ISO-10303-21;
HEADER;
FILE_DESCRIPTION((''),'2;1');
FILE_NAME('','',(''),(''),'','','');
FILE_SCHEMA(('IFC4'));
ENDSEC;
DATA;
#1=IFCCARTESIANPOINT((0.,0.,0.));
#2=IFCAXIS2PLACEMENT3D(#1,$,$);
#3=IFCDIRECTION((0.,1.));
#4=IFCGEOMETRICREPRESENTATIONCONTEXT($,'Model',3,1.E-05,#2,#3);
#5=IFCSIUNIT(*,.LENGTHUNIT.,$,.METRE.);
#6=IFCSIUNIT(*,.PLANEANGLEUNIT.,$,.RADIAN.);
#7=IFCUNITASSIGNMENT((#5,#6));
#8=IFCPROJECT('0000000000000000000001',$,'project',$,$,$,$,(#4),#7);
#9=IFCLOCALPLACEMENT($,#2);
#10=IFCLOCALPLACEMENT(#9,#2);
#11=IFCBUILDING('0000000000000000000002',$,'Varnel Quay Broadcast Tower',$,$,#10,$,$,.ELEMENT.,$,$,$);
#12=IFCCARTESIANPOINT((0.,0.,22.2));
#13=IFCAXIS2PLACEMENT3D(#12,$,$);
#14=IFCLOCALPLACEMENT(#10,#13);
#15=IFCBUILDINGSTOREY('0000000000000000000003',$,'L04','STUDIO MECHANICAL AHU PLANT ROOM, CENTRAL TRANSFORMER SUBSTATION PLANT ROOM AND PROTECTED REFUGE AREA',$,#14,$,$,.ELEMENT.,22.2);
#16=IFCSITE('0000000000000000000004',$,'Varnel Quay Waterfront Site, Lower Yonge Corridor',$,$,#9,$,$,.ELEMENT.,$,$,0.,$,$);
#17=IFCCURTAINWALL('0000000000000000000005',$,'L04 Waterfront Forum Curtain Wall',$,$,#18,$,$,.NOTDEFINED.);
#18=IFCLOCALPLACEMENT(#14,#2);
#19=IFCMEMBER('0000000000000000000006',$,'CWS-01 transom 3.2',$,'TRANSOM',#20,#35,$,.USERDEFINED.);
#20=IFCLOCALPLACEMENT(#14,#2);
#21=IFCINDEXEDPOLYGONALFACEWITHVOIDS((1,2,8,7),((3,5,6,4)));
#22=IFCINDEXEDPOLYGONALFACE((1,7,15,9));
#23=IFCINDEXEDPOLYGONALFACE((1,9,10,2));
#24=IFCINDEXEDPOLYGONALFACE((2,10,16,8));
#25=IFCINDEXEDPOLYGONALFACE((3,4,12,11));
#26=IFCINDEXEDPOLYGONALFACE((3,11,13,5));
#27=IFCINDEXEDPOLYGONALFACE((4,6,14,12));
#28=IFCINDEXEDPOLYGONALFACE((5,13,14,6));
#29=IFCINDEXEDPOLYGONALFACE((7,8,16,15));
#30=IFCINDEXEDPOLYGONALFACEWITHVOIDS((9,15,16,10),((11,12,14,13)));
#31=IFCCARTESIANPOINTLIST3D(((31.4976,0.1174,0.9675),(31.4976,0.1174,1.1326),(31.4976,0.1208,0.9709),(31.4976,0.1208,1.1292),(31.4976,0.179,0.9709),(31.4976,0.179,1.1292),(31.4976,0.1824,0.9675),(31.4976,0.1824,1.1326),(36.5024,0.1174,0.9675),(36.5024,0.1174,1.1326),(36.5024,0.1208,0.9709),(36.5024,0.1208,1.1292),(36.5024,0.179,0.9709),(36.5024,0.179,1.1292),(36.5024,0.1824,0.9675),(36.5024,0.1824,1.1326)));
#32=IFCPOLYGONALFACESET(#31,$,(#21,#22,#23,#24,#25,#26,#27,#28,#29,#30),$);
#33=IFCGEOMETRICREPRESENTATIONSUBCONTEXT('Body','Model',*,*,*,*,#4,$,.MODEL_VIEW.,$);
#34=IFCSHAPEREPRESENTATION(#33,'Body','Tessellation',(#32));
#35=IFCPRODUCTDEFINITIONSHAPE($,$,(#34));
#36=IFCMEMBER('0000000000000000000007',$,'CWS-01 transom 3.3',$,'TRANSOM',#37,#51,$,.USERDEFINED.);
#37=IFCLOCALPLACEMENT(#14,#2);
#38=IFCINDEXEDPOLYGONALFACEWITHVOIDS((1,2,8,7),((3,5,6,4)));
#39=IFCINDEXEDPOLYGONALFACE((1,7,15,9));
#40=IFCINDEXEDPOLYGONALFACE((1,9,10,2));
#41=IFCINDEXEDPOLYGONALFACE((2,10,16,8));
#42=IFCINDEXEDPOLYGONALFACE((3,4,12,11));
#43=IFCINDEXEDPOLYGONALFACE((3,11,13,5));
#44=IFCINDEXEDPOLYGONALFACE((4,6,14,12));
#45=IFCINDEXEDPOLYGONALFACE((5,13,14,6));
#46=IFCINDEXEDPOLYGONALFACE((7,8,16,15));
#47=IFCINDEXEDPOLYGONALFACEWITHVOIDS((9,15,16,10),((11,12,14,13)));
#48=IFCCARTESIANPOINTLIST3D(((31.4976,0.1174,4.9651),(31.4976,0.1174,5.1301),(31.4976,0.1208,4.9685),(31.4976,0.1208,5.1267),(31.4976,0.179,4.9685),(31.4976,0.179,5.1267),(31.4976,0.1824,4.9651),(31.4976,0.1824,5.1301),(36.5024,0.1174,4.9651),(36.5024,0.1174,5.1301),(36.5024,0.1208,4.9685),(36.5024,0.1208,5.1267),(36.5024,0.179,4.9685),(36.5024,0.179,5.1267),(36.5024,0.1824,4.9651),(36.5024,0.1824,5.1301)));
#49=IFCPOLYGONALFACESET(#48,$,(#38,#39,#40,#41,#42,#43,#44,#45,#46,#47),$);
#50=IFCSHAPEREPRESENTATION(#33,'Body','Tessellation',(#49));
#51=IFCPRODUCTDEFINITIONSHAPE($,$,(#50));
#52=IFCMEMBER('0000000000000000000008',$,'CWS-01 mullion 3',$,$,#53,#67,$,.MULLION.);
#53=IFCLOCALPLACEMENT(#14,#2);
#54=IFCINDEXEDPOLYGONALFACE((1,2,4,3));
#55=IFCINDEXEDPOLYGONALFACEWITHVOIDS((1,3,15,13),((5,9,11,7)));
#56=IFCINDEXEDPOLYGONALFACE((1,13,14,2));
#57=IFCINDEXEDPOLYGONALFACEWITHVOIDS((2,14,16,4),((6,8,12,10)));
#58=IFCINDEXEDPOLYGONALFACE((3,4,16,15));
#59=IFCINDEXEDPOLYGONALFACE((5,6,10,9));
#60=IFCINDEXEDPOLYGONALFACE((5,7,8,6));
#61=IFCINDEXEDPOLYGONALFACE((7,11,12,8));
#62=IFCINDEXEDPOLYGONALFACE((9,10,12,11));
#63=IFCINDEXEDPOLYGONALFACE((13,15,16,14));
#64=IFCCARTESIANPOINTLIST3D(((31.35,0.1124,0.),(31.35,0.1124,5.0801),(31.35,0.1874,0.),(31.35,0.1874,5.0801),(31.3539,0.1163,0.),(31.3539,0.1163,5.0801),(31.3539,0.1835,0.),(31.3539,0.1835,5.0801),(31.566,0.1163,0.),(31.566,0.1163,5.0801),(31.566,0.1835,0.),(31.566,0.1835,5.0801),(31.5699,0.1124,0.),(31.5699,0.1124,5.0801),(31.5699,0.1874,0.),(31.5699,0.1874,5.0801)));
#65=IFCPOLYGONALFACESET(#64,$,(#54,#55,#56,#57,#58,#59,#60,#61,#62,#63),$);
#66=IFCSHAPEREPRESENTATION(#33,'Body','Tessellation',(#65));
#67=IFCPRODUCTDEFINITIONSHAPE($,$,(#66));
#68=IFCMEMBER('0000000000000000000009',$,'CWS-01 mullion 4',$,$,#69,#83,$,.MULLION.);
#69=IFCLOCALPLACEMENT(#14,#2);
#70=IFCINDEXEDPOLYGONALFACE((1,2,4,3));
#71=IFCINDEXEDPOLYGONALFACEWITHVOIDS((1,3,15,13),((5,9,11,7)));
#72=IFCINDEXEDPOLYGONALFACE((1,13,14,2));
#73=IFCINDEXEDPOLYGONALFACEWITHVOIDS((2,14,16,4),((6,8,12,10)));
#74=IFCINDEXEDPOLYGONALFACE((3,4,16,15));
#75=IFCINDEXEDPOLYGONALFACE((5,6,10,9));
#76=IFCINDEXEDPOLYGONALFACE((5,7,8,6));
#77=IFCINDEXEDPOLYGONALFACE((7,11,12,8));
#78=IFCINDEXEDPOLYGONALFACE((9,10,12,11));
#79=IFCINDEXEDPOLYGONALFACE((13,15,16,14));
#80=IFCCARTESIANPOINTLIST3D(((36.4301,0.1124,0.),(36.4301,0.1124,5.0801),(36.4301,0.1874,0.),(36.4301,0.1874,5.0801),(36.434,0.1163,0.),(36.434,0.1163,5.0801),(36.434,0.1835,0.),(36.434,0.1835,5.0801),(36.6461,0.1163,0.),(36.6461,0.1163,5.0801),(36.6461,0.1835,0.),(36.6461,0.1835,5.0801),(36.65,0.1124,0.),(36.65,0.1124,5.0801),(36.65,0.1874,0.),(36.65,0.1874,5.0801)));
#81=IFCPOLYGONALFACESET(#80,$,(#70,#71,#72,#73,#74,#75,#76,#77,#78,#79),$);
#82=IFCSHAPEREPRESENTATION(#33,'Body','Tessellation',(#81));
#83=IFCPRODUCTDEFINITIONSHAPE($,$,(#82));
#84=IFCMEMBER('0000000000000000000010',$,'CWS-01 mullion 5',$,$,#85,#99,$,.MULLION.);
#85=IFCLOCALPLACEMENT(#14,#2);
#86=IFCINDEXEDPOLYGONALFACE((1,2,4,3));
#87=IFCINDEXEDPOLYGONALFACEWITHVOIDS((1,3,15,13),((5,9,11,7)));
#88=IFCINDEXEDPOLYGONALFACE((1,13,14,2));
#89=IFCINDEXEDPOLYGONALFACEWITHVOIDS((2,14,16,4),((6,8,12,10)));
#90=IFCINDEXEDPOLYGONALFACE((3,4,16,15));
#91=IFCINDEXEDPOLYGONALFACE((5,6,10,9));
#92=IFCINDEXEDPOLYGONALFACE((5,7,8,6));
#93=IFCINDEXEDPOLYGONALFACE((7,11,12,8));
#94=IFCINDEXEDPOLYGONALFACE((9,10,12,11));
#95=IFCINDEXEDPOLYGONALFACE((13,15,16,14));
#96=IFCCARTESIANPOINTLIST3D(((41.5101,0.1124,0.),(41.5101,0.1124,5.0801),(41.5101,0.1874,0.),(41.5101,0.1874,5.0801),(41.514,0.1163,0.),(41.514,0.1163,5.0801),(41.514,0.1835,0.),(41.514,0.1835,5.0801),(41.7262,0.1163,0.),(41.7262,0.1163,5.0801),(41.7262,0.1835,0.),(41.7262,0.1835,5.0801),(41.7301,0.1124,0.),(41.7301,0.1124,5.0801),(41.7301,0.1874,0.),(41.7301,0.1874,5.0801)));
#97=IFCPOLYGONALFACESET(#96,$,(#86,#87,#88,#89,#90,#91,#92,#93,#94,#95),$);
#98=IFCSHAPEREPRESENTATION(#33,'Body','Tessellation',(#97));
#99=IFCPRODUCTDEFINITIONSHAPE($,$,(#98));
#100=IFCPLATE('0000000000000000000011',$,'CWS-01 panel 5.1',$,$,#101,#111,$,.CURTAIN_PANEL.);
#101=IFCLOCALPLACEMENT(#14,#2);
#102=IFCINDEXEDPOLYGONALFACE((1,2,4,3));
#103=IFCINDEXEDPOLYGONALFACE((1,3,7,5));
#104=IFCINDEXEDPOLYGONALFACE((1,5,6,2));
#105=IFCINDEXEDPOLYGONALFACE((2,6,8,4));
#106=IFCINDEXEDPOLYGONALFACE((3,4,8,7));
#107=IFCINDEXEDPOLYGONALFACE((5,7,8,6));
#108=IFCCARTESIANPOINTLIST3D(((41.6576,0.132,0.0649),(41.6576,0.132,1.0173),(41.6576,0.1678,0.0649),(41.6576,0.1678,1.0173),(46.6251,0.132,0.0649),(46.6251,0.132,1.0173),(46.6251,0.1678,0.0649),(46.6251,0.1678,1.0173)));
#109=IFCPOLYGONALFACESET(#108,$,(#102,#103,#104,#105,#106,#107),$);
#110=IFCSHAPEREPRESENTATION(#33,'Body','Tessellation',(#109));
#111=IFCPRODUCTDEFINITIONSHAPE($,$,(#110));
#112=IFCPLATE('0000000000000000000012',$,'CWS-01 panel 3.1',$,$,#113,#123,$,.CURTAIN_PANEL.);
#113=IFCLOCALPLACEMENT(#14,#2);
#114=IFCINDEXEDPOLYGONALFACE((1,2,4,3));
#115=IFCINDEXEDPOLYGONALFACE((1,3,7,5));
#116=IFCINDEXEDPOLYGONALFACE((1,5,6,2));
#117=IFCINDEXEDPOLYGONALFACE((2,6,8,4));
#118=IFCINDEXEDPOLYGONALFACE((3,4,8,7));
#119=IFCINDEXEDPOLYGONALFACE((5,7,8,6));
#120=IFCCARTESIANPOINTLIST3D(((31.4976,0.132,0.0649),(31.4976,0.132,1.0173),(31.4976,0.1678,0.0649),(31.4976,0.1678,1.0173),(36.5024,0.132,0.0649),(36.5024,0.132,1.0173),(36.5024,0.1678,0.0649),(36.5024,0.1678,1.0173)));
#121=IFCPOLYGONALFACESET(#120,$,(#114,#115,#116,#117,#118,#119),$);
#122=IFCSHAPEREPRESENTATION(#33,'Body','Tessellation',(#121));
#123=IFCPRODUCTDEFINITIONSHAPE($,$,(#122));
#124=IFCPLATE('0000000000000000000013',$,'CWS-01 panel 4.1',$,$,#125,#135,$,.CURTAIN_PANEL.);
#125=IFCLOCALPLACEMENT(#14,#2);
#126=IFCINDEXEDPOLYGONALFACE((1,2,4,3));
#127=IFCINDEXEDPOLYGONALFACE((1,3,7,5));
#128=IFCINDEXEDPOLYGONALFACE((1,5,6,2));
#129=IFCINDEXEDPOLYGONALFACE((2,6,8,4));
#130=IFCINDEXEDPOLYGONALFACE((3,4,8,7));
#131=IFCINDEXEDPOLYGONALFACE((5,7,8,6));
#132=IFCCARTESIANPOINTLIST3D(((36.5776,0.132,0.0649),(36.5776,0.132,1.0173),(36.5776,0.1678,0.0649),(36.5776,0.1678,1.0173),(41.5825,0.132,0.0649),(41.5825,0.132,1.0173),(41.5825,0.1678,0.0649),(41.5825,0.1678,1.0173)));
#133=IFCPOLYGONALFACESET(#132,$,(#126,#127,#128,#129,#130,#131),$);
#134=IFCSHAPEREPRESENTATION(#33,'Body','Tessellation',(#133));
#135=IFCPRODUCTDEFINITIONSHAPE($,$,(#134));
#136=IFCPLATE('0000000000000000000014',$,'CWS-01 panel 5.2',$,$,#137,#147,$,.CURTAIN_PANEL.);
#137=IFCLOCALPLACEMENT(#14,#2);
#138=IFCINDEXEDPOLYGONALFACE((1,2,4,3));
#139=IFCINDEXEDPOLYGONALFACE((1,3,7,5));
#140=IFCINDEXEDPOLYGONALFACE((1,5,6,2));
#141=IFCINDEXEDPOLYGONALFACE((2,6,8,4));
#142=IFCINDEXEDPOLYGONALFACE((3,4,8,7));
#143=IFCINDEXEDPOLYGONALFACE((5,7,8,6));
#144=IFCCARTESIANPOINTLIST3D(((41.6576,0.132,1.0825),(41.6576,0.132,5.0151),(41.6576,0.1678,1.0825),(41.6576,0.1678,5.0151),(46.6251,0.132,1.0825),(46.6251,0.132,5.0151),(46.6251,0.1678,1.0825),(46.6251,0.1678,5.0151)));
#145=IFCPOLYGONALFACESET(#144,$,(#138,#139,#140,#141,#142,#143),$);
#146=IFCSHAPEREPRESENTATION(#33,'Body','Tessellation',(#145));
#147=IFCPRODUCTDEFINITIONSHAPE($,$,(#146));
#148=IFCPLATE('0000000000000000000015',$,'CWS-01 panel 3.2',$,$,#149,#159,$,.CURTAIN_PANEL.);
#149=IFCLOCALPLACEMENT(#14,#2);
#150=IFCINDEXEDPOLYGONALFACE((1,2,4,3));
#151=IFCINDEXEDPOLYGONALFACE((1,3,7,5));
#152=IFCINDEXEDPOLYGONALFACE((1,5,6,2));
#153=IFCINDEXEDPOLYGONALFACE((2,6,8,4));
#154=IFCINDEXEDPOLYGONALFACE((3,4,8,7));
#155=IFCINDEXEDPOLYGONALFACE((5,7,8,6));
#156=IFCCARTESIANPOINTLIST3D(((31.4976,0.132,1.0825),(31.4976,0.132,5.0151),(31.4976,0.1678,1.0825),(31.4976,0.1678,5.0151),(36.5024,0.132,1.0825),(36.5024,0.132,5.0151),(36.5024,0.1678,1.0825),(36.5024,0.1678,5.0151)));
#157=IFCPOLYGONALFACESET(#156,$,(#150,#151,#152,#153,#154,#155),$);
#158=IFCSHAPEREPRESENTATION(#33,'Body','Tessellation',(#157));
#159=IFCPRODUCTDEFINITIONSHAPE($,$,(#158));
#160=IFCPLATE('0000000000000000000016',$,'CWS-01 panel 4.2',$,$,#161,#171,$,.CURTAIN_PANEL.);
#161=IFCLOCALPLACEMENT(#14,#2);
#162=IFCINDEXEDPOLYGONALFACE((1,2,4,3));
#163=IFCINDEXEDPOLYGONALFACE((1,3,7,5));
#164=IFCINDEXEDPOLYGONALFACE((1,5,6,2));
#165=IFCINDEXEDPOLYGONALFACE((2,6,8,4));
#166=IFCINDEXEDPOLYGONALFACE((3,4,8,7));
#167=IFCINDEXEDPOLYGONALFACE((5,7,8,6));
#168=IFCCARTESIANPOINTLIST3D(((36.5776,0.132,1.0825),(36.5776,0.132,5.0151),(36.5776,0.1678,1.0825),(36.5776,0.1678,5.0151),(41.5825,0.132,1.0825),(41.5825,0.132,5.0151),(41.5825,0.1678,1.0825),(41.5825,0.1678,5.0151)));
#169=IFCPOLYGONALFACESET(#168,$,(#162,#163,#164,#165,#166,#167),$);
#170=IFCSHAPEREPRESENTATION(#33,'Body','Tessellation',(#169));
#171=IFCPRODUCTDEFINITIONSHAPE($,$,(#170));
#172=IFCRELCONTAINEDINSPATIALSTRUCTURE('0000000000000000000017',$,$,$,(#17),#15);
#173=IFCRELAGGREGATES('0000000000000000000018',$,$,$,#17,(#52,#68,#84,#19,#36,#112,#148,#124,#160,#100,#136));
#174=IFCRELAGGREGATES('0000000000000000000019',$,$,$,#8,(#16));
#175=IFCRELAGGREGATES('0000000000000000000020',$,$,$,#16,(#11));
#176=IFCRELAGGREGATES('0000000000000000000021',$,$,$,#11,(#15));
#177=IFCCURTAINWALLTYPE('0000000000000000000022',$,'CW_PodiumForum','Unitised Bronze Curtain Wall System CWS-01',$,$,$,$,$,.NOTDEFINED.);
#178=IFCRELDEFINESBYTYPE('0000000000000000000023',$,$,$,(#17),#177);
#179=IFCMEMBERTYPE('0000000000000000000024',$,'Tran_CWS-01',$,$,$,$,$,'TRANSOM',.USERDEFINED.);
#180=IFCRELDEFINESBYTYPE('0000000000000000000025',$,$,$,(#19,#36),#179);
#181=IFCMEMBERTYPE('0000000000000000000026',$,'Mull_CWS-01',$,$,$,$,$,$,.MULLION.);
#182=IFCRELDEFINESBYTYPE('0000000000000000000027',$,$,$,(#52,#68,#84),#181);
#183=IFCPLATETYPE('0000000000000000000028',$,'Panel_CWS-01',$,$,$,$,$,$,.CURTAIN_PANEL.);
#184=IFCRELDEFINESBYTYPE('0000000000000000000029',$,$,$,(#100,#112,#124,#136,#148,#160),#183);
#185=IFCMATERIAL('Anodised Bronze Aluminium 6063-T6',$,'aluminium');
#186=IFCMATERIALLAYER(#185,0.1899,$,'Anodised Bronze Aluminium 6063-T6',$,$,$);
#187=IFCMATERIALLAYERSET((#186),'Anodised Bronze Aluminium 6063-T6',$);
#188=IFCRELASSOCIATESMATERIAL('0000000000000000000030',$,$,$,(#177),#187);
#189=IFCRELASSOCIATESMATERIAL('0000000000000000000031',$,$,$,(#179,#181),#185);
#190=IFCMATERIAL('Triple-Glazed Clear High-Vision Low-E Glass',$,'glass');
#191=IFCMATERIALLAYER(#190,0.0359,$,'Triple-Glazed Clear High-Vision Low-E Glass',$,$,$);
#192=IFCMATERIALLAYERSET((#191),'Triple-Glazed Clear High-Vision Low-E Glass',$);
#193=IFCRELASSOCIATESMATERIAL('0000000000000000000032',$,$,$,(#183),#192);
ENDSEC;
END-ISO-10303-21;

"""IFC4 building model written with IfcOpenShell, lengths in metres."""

from ifc_helpers import new_model, si_unit, direction, frame, origin, origin_2d, place, context, subcontext, project, spatial, rectangle, hollow_rectangle, extrude, source, transform, mapped, material, layer, layer_set, material_profile, profile_set, type_object, type_shapes, element, aggregate, save


model = new_model("IFC4")

# Units and contexts
model_context = context("Model", 3, precision=1e-05, world=origin(), true_north=direction((0.0, 1.0)))
body_context = subcontext(model_context, "Body", "Model", "MODEL_VIEW")
ifc_project = project(units=[si_unit("LENGTHUNIT", "METRE"), si_unit("PLANEANGLEUNIT", "RADIAN")], contexts=[model_context])

# Site, building, storey
site_placement = place(None, origin())
site = spatial("IfcSite", under=ifc_project, at=site_placement, Name="Varnel Quay Waterfront Site, Lower Yonge Corridor", CompositionType="ELEMENT", RefElevation=0.0)
building_placement = place(site_placement, origin())
building = spatial("IfcBuilding", under=site, at=building_placement, Name="Varnel Quay Broadcast Tower", CompositionType="ELEMENT")
storey_placement = place(building_placement, frame((0.0, 0.0, 22.2)))
storey = spatial("IfcBuildingStorey", under=building, at=storey_placement, Name="L04", Description="STUDIO MECHANICAL AHU PLANT ROOM, CENTRAL TRANSFORMER SUBSTATION PLANT ROOM AND PROTECTED REFUGE AREA", CompositionType="ELEMENT", Elevation=22.2)

# Curtain wall, members, plates
ifc_material_1 = material(Name="Anodised Bronze Aluminium 6063-T6", Category="aluminium")
ifc_layer_1 = layer(ifc_material_1, 0.1899, Name="Anodised Bronze Aluminium 6063-T6")
ifc_layer_set_1 = layer_set([ifc_layer_1], Name="Anodised Bronze Aluminium 6063-T6")
curtain_wall_type = type_object("IfcCurtainWallType", Name="CW_PodiumForum", Description="Unitised Bronze Curtain Wall System CWS-01", PredefinedType="NOTDEFINED", material=ifc_layer_set_1)
curtain_wall_placement = place(storey_placement, origin())
curtain_wall = element("IfcCurtainWall", 1, at=curtain_wall_placement, inside=storey, type_object=curtain_wall_type, Name="L04 Waterfront Forum Curtain Wall", PredefinedType="NOTDEFINED")
ifc_material_profile_1 = material_profile(ifc_material_1, hollow_rectangle(XDim=0.0649, YDim=0.165, WallThickness=0.0034, at=origin_2d()), Name="ALU65X165X3.5")
ifc_profile_set_1 = profile_set([ifc_material_profile_1], Name="Anodised Bronze Aluminium 6063-T6")
member_type_1 = type_object("IfcMemberType", Name="Tran_CWS-01", ElementType="TRANSOM", PredefinedType="USERDEFINED", material=ifc_profile_set_1)
shared_shape_1 = source(origin(), body_context, "Body", "SweptSolid", [
    extrude(hollow_rectangle(XDim=0.0649, YDim=0.165, WallThickness=0.0034, at=origin_2d()), origin(), (0.0, 0.0, 1.0), 5.0049),
])
member_1_placement = place(storey_placement, frame((31.4976, 0.1499, 1.05), z_axis=(1.0, 0.0, 0.0), x_axis=(0.0, 1.0, 0.0)))
member_1 = element("IfcMember", 2, at=member_1_placement, type_object=member_type_1, Name="CWS-01 transom 3.2", ObjectType="TRANSOM", PredefinedType="USERDEFINED", context=body_context, shape_type="MappedRepresentation", body=[
    mapped(shared_shape_1, transform((0.0, 0.0, 0.0), x_axis=(1.0, 0.0, 0.0), y_axis=(0.0, 1.0, 0.0), z_axis=(0.0, 0.0, 1.0), scale=1.0)),
])
member_2_placement = place(storey_placement, frame((31.4976, 0.1499, 5.0476), z_axis=(1.0, 0.0, 0.0), x_axis=(0.0, 1.0, 0.0)))
member_2 = element("IfcMember", 3, at=member_2_placement, type_object=member_type_1, Name="CWS-01 transom 3.3", ObjectType="TRANSOM", PredefinedType="USERDEFINED", context=body_context, shape_type="MappedRepresentation", body=[
    mapped(shared_shape_1, transform((0.0, 0.0, 0.0), x_axis=(1.0, 0.0, 0.0), y_axis=(0.0, 1.0, 0.0), z_axis=(0.0, 0.0, 1.0), scale=1.0)),
])
ifc_material_profile_2 = material_profile(ifc_material_1, hollow_rectangle(XDim=0.075, YDim=0.22, WallThickness=0.0039, at=origin_2d()), Name="ALU75X220X4")
ifc_profile_set_2 = profile_set([ifc_material_profile_2], Name="Anodised Bronze Aluminium 6063-T6")
member_type_2 = type_object("IfcMemberType", Name="Mull_CWS-01", PredefinedType="MULLION", material=ifc_profile_set_2)
shared_shape_2 = source(origin(), body_context, "Body", "SweptSolid", [
    extrude(hollow_rectangle(XDim=0.075, YDim=0.22, WallThickness=0.0039, at=origin_2d()), origin(), (0.0, 0.0, 1.0), 5.0801),
])
type_shapes(member_type_2, [shared_shape_2])
member_3_placement = place(storey_placement, frame((31.46, 0.1499, 0.0), z_axis=(0.0, 0.0, 1.0), x_axis=(0.0, 1.0, 0.0)))
member_3 = element("IfcMember", 4, at=member_3_placement, type_object=member_type_2, Name="CWS-01 mullion 3", PredefinedType="MULLION", context=body_context, shape_type="MappedRepresentation", body=[
    mapped(shared_shape_2, transform((0.0, 0.0, 0.0), x_axis=(1.0, 0.0, 0.0), y_axis=(0.0, 1.0, 0.0), z_axis=(0.0, 0.0, 1.0), scale=1.0)),
])
member_4_placement = place(storey_placement, frame((36.54, 0.1499, 0.0), z_axis=(0.0, 0.0, 1.0), x_axis=(0.0, 1.0, 0.0)))
member_4 = element("IfcMember", 5, at=member_4_placement, type_object=member_type_2, Name="CWS-01 mullion 4", PredefinedType="MULLION", context=body_context, shape_type="MappedRepresentation", body=[
    mapped(shared_shape_2, transform((0.0, 0.0, 0.0), x_axis=(1.0, 0.0, 0.0), y_axis=(0.0, 1.0, 0.0), z_axis=(0.0, 0.0, 1.0), scale=1.0)),
])
member_5_placement = place(storey_placement, frame((41.6201, 0.1499, 0.0), z_axis=(0.0, 0.0, 1.0), x_axis=(0.0, 1.0, 0.0)))
member_5 = element("IfcMember", 6, at=member_5_placement, type_object=member_type_2, Name="CWS-01 mullion 5", PredefinedType="MULLION", context=body_context, shape_type="MappedRepresentation", body=[
    mapped(shared_shape_2, transform((0.0, 0.0, 0.0), x_axis=(1.0, 0.0, 0.0), y_axis=(0.0, 1.0, 0.0), z_axis=(0.0, 0.0, 1.0), scale=1.0)),
])
ifc_material_2 = material(Name="Triple-Glazed Clear High-Vision Low-E Glass", Category="glass")
ifc_layer_2 = layer(ifc_material_2, 0.0359, Name="Triple-Glazed Clear High-Vision Low-E Glass")
ifc_layer_set_2 = layer_set([ifc_layer_2], Name="Triple-Glazed Clear High-Vision Low-E Glass")
plate_type = type_object("IfcPlateType", Name="Panel_CWS-01", PredefinedType="CURTAIN_PANEL", material=ifc_layer_set_2)
shared_shape_3 = source(origin(), body_context, "Body", "SweptSolid", [
    extrude(rectangle(XDim=4.9675, YDim=0.0359, at=origin_2d()), origin(), (0.0, 0.0, 1.0), 0.9524),
])
plate_1_placement = place(storey_placement, frame((44.1414, 0.1499, 0.0649), z_axis=(0.0, 0.0, 1.0), x_axis=(1.0, 0.0, 0.0)))
plate_1 = element("IfcPlate", 7, at=plate_1_placement, type_object=plate_type, Name="CWS-01 panel 5.1", PredefinedType="CURTAIN_PANEL", context=body_context, shape_type="MappedRepresentation", body=[
    mapped(shared_shape_3, transform((0.0, 0.0, 0.0), x_axis=(1.0, 0.0, 0.0), y_axis=(0.0, 1.0, 0.0), z_axis=(0.0, 0.0, 1.0), scale=1.0)),
])
shared_shape_4 = source(origin(), body_context, "Body", "SweptSolid", [
    extrude(rectangle(XDim=5.0049, YDim=0.0359, at=origin_2d()), origin(), (0.0, 0.0, 1.0), 0.9524),
])
plate_2_placement = place(storey_placement, frame((34.0, 0.1499, 0.0649), z_axis=(0.0, 0.0, 1.0), x_axis=(1.0, 0.0, 0.0)))
plate_2 = element("IfcPlate", 8, at=plate_2_placement, type_object=plate_type, Name="CWS-01 panel 3.1", PredefinedType="CURTAIN_PANEL", context=body_context, shape_type="MappedRepresentation", body=[
    mapped(shared_shape_4, transform((0.0, 0.0, 0.0), x_axis=(1.0, 0.0, 0.0), y_axis=(0.0, 1.0, 0.0), z_axis=(0.0, 0.0, 1.0), scale=1.0)),
])
plate_3_placement = place(storey_placement, frame((39.0801, 0.1499, 0.0649), z_axis=(0.0, 0.0, 1.0), x_axis=(1.0, 0.0, 0.0)))
plate_3 = element("IfcPlate", 9, at=plate_3_placement, type_object=plate_type, Name="CWS-01 panel 4.1", PredefinedType="CURTAIN_PANEL", context=body_context, shape_type="MappedRepresentation", body=[
    mapped(shared_shape_4, transform((0.0, 0.0, 0.0), x_axis=(1.0, 0.0, 0.0), y_axis=(0.0, 1.0, 0.0), z_axis=(0.0, 0.0, 1.0), scale=1.0)),
])
shared_shape_5 = source(origin(), body_context, "Body", "SweptSolid", [
    extrude(rectangle(XDim=4.9675, YDim=0.0359, at=origin_2d()), origin(), (0.0, 0.0, 1.0), 3.9326),
])
plate_4_placement = place(storey_placement, frame((44.1414, 0.1499, 1.0825), z_axis=(0.0, 0.0, 1.0), x_axis=(1.0, 0.0, 0.0)))
plate_4 = element("IfcPlate", 10, at=plate_4_placement, type_object=plate_type, Name="CWS-01 panel 5.2", PredefinedType="CURTAIN_PANEL", context=body_context, shape_type="MappedRepresentation", body=[
    mapped(shared_shape_5, transform((0.0, 0.0, 0.0), x_axis=(1.0, 0.0, 0.0), y_axis=(0.0, 1.0, 0.0), z_axis=(0.0, 0.0, 1.0), scale=1.0)),
])
shared_shape_6 = source(origin(), body_context, "Body", "SweptSolid", [
    extrude(rectangle(XDim=5.0049, YDim=0.0359, at=origin_2d()), origin(), (0.0, 0.0, 1.0), 3.9326),
])
type_shapes(plate_type, [shared_shape_3, shared_shape_4, shared_shape_5, shared_shape_6])
plate_5_placement = place(storey_placement, frame((34.0, 0.1499, 1.0825), z_axis=(0.0, 0.0, 1.0), x_axis=(1.0, 0.0, 0.0)))
plate_5 = element("IfcPlate", 11, at=plate_5_placement, type_object=plate_type, Name="CWS-01 panel 3.2", PredefinedType="CURTAIN_PANEL", context=body_context, shape_type="MappedRepresentation", body=[
    mapped(shared_shape_6, transform((0.0, 0.0, 0.0), x_axis=(1.0, 0.0, 0.0), y_axis=(0.0, 1.0, 0.0), z_axis=(0.0, 0.0, 1.0), scale=1.0)),
])
plate_6_placement = place(storey_placement, frame((39.0801, 0.1499, 1.0825), z_axis=(0.0, 0.0, 1.0), x_axis=(1.0, 0.0, 0.0)))
plate_6 = element("IfcPlate", 12, at=plate_6_placement, type_object=plate_type, Name="CWS-01 panel 4.2", PredefinedType="CURTAIN_PANEL", context=body_context, shape_type="MappedRepresentation", body=[
    mapped(shared_shape_6, transform((0.0, 0.0, 0.0), x_axis=(1.0, 0.0, 0.0), y_axis=(0.0, 1.0, 0.0), z_axis=(0.0, 0.0, 1.0), scale=1.0)),
])
aggregate(curtain_wall, [member_3, member_4, member_5, member_1, member_2, plate_2, plate_5, plate_3, plate_6, plate_1, plate_4])

save(model, "model.ifc")
